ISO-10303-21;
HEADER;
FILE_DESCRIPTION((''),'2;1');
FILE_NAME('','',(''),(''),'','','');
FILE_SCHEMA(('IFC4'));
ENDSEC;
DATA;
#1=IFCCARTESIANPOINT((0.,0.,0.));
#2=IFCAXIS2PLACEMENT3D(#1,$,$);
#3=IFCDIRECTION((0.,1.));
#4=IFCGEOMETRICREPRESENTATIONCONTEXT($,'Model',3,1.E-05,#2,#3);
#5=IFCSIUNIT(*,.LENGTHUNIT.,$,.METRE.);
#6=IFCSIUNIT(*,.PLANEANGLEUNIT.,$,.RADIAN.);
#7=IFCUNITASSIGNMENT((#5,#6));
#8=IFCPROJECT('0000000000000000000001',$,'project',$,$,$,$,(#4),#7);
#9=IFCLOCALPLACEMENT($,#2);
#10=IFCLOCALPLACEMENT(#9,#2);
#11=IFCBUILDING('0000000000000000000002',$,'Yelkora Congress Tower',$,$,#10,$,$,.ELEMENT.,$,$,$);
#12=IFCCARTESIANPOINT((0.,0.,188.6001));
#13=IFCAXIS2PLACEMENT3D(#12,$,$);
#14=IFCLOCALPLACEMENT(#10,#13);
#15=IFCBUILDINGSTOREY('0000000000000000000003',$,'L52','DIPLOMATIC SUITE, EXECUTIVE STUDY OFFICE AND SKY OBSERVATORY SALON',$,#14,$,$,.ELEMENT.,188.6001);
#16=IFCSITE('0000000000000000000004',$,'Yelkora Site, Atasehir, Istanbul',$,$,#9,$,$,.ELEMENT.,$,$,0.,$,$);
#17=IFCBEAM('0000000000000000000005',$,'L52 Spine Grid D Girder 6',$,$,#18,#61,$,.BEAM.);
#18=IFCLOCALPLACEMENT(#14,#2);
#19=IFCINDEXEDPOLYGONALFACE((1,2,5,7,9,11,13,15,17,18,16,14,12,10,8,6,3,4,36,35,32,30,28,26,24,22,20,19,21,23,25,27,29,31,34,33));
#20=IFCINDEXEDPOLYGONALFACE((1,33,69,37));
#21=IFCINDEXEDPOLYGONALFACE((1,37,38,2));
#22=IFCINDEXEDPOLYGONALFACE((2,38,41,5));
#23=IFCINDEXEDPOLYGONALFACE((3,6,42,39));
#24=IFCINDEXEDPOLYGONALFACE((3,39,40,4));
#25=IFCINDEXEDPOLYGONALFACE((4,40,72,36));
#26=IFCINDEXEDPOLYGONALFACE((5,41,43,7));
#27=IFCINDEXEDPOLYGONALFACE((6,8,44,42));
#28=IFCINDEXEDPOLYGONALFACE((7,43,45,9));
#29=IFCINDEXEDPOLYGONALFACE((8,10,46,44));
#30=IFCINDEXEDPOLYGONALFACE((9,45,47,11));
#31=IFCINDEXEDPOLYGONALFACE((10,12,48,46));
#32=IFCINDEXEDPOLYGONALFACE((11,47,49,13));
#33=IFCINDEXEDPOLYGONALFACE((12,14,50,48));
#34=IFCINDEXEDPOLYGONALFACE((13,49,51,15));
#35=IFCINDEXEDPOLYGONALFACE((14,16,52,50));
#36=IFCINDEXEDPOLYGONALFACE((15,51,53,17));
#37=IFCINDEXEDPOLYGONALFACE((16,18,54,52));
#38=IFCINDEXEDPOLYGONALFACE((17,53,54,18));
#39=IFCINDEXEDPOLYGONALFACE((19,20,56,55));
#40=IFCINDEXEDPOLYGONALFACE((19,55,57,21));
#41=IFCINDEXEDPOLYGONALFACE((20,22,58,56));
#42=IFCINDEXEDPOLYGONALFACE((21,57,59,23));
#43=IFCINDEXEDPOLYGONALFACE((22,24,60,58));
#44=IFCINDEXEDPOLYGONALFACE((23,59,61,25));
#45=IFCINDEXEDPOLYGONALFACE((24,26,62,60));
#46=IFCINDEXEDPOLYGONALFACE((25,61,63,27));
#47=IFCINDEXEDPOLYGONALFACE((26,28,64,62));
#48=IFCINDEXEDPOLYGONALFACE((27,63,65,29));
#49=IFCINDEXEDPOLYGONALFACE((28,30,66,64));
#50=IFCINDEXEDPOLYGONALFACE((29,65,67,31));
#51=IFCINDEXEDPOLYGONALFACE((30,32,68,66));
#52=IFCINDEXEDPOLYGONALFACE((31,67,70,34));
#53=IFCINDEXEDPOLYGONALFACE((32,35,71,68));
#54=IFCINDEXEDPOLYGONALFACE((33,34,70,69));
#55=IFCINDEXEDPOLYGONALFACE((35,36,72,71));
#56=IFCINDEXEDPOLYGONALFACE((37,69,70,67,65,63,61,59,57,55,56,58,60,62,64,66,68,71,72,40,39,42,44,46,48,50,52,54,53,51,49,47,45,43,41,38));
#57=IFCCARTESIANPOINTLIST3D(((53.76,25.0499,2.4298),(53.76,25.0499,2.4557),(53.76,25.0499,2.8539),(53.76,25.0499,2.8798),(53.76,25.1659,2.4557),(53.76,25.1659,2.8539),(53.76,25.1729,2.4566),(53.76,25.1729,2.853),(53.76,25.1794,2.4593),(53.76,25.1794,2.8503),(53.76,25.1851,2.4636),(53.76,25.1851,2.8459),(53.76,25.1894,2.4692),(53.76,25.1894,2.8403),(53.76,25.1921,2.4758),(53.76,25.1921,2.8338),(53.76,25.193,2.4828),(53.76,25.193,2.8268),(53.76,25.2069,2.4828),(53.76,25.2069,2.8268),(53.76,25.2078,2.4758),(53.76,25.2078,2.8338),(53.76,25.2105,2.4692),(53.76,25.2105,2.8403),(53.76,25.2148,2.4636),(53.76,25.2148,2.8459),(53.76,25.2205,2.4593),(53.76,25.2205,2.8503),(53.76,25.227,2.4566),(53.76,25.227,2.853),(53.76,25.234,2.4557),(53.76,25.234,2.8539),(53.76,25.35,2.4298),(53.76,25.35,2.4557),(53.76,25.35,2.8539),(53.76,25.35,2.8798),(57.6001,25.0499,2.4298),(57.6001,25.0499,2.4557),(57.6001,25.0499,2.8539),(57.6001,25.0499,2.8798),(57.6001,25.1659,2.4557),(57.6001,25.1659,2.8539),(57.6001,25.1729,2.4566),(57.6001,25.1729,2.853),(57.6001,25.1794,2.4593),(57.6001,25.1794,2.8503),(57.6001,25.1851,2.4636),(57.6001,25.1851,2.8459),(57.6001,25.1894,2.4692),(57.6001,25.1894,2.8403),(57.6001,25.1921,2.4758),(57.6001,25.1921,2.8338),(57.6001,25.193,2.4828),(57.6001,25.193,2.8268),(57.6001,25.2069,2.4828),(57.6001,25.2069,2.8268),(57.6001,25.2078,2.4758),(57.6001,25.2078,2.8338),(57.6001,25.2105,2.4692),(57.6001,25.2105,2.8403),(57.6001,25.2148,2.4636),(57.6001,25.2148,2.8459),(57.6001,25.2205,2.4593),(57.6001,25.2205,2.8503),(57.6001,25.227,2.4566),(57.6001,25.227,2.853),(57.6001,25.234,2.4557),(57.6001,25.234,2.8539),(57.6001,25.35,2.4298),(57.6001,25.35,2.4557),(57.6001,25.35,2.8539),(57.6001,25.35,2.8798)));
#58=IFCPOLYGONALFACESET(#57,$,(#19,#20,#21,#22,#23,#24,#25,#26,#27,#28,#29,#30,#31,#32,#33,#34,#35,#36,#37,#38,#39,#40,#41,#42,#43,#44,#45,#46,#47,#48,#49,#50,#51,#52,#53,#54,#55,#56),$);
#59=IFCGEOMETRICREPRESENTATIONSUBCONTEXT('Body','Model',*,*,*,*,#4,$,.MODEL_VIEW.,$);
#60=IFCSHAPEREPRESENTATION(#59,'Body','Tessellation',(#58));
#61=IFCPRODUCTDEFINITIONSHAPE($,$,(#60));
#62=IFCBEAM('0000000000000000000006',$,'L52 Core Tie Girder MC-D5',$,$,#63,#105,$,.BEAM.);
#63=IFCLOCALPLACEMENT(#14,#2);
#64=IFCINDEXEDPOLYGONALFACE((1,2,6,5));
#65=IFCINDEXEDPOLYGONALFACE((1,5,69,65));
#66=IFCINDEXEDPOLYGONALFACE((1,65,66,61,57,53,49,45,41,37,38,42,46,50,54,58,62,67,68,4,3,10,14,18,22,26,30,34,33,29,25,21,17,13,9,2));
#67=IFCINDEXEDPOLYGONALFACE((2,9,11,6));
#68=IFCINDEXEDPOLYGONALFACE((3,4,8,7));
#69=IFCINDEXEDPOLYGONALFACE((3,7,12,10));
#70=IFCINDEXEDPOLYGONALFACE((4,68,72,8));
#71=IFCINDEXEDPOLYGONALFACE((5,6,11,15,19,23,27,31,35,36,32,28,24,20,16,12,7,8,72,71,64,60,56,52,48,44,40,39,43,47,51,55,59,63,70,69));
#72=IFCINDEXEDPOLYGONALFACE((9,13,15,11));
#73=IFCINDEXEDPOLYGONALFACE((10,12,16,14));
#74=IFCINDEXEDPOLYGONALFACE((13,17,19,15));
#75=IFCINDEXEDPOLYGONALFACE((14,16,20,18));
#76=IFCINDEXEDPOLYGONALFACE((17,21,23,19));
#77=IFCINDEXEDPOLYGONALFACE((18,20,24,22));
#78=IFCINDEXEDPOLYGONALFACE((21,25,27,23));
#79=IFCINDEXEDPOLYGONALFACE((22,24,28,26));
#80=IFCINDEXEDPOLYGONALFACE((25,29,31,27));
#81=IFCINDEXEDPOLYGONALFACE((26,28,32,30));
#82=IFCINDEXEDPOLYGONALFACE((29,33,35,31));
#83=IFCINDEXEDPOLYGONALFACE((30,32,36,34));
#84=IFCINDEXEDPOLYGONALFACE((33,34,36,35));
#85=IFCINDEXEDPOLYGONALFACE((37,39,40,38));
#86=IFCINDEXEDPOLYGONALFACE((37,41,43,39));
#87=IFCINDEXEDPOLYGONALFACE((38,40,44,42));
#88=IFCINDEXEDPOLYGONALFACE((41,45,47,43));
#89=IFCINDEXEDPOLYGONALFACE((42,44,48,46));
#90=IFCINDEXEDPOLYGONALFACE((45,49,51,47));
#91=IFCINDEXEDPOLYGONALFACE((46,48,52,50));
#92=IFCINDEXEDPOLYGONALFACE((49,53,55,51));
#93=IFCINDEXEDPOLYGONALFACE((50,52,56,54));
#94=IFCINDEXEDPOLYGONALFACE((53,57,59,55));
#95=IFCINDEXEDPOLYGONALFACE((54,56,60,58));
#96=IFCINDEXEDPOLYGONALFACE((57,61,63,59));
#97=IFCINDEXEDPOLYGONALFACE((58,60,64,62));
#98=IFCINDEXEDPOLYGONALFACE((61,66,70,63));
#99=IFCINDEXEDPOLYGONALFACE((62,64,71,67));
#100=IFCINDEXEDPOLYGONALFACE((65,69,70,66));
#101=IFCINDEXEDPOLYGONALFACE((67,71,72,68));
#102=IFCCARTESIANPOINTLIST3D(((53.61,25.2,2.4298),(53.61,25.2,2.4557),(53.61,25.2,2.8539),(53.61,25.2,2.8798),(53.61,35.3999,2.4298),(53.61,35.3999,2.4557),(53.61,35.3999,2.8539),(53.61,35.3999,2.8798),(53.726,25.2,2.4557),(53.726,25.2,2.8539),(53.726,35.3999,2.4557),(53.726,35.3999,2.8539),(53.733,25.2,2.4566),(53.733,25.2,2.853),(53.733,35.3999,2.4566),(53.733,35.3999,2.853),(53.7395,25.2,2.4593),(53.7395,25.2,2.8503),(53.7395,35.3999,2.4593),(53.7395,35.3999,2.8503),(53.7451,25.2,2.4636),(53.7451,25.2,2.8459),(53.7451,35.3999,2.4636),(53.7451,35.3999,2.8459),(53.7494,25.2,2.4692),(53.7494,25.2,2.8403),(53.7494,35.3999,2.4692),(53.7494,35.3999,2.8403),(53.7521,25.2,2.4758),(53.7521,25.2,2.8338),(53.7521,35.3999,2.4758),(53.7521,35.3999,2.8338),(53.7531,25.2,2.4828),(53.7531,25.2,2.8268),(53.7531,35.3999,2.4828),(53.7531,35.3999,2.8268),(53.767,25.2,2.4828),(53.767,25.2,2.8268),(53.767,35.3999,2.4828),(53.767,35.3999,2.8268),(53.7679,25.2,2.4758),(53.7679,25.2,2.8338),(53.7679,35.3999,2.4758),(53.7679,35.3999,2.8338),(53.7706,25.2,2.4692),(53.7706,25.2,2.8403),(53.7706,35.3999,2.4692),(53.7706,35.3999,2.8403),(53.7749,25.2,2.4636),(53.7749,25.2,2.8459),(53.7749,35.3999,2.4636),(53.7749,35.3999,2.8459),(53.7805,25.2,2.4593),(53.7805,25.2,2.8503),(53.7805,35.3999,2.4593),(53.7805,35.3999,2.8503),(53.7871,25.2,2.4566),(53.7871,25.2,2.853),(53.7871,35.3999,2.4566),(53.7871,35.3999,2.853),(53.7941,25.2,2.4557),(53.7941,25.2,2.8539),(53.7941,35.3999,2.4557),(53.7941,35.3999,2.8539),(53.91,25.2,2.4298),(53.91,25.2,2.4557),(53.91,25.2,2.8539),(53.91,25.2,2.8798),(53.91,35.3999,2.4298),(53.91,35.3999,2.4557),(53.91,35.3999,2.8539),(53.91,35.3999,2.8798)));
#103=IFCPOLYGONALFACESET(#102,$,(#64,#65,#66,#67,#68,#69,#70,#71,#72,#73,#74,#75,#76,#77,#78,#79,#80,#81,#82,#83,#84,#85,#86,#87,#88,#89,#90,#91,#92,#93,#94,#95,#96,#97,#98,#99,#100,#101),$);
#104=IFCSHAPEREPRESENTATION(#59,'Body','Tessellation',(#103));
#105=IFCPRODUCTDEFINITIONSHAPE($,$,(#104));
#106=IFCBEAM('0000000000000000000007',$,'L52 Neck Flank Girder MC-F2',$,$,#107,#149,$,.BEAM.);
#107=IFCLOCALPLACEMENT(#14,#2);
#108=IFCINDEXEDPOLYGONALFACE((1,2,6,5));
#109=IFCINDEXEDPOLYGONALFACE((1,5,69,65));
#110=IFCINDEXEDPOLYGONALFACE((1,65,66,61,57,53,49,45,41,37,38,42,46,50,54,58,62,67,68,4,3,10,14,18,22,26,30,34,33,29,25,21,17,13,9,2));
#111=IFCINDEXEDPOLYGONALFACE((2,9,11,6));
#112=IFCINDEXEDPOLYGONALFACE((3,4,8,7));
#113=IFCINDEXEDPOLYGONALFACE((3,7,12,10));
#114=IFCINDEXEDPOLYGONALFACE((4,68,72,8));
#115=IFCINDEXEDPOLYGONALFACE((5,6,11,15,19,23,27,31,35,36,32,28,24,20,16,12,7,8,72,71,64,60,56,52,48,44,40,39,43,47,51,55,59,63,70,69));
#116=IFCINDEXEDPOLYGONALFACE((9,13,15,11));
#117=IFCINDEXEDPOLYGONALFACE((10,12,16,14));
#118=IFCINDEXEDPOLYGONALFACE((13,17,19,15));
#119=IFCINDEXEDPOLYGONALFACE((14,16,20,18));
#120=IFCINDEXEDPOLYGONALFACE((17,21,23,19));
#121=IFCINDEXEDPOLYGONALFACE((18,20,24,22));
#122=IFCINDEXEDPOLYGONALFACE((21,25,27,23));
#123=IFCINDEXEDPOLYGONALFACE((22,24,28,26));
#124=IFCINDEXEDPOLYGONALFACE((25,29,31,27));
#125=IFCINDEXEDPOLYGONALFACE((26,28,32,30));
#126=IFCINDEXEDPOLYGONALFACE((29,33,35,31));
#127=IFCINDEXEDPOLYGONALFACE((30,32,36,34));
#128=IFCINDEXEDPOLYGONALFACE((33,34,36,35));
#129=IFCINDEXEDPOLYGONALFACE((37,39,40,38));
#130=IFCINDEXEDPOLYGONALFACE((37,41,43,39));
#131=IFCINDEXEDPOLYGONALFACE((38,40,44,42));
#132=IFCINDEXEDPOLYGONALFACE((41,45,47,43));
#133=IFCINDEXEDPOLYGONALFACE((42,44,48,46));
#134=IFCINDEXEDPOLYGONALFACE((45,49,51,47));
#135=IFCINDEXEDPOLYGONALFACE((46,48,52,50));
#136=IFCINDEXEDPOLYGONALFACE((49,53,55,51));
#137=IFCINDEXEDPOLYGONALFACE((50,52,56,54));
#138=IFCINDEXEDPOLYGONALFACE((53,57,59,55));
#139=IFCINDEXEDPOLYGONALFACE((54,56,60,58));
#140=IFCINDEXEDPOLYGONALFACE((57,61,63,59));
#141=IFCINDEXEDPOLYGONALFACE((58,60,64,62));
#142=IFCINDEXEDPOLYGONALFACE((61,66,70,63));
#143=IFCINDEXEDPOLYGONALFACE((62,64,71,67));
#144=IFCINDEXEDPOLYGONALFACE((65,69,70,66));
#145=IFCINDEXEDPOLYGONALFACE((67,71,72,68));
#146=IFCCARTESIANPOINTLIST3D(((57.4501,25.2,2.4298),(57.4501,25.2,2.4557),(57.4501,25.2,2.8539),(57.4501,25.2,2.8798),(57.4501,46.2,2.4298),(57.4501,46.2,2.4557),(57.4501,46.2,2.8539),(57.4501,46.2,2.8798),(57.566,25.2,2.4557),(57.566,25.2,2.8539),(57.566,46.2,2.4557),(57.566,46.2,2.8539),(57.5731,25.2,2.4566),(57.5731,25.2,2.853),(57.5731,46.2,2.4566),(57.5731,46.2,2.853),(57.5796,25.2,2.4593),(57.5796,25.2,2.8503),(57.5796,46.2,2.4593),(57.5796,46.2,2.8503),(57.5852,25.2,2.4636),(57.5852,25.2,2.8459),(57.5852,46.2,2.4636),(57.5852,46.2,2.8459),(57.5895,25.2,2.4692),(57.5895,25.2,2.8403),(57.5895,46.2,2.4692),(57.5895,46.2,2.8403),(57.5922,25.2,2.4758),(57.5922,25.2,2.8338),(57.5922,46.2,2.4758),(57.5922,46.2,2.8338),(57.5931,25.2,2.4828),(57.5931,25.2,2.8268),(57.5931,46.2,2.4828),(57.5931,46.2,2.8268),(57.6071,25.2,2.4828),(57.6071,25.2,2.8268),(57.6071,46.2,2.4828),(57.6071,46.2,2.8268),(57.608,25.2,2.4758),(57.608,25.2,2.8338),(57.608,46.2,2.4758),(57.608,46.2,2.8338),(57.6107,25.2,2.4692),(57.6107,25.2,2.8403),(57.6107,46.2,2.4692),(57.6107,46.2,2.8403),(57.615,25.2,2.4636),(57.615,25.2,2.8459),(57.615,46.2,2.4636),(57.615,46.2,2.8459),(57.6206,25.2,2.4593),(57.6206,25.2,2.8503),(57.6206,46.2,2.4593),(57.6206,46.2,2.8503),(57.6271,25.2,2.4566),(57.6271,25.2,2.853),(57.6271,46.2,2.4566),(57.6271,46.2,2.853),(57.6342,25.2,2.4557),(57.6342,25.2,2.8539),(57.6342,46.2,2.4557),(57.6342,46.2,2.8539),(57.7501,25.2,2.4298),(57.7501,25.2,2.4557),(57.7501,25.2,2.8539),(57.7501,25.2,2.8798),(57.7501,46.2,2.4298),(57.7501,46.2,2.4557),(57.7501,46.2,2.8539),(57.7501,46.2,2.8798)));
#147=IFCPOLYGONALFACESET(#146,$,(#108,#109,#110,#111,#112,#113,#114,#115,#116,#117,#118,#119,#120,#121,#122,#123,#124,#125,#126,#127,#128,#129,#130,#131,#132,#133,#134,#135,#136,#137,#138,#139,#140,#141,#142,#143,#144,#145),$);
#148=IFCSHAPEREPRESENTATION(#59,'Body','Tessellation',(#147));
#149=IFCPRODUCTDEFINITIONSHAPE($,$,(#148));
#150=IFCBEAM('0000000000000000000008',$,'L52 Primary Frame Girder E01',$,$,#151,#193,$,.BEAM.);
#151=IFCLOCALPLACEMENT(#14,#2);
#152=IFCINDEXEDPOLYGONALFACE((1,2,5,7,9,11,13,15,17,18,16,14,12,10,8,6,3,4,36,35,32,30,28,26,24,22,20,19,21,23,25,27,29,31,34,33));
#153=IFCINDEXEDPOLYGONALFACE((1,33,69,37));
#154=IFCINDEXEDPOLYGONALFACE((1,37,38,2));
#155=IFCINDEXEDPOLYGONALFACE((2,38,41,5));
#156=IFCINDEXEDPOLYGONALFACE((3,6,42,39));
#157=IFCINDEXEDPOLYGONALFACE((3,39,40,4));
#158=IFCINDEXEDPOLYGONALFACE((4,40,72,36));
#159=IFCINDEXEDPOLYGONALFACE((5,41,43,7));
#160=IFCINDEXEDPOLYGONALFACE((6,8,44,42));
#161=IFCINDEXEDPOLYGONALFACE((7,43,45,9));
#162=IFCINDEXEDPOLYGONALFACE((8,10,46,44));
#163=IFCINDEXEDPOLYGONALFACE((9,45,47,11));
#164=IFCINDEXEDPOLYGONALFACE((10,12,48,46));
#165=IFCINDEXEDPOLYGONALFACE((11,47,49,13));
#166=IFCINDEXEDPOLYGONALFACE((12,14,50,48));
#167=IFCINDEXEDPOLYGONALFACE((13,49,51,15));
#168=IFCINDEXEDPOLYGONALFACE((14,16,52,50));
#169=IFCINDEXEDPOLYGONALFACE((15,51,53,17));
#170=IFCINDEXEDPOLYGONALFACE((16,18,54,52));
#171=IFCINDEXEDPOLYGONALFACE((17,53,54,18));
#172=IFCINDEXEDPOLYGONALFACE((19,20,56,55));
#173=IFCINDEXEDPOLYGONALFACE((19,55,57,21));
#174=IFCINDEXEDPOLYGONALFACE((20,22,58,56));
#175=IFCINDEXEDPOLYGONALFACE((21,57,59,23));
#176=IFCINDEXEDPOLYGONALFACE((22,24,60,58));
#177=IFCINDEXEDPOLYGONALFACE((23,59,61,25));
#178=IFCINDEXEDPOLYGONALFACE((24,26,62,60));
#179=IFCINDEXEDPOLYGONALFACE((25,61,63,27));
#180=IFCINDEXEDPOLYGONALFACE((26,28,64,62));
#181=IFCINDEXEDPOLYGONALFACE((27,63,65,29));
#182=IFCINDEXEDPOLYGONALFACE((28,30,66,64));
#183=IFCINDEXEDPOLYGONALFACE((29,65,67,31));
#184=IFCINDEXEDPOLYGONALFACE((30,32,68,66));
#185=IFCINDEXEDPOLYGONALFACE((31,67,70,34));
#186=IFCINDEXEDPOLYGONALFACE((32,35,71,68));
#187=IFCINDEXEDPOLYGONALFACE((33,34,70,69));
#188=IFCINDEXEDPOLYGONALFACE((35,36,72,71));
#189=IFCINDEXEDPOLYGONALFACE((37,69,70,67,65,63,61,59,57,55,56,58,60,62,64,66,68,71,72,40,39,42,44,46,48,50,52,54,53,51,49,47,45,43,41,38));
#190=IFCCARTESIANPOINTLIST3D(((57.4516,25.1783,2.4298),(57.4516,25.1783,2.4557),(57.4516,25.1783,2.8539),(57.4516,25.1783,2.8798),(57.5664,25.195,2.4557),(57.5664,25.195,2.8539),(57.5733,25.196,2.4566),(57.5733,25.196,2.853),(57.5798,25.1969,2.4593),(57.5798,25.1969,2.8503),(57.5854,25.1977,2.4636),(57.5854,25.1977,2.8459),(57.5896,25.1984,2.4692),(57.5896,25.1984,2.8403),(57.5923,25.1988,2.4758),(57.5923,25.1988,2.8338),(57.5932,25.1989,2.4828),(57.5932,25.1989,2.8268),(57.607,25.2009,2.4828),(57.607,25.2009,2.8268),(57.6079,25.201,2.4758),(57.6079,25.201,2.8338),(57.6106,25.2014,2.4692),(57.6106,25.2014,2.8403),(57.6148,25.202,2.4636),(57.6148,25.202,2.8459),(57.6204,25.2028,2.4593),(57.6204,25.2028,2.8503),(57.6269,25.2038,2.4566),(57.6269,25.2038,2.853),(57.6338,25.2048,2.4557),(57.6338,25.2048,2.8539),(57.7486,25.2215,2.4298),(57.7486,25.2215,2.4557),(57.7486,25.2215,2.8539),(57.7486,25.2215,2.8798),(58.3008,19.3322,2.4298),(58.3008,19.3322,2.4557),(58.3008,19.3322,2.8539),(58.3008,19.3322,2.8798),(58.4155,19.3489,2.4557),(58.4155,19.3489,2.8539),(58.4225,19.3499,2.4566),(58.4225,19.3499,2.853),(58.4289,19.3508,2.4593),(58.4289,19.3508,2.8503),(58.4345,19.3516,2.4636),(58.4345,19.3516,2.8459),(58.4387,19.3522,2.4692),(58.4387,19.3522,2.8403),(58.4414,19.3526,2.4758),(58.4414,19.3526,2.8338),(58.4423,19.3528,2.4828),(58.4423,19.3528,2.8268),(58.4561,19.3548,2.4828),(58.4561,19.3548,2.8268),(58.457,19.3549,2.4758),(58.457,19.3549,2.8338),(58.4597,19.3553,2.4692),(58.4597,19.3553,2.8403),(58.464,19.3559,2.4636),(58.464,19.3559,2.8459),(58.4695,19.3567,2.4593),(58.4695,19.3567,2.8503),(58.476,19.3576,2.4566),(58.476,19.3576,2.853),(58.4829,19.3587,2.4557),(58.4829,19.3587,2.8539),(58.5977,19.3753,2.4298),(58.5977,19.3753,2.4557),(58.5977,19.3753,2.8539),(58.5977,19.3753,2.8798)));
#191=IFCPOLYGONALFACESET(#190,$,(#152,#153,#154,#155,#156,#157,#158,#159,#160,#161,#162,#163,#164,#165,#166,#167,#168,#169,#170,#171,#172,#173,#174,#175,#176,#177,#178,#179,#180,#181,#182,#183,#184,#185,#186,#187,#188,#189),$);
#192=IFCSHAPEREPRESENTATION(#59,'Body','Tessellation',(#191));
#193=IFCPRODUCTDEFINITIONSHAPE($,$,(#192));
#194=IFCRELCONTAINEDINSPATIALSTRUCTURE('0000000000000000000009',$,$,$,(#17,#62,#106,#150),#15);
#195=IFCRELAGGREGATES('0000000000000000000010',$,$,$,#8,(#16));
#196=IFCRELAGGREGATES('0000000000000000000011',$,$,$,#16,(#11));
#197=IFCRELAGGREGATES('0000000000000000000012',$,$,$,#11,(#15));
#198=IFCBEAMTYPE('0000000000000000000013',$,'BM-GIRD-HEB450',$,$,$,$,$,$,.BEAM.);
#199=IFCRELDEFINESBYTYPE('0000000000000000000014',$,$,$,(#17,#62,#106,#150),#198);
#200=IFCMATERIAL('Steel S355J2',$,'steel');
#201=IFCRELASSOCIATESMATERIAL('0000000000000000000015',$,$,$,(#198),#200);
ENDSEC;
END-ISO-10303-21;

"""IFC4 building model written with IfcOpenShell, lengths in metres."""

from ifc_helpers import new_model, si_unit, direction, frame, origin, origin_2d, place, context, subcontext, project, spatial, i_section, extrude, material, material_profile, profile_set, type_object, element, save


model = new_model("IFC4")

# Units and contexts
model_context = context("Model", 3, precision=1e-05, world=origin(), true_north=direction((0.0, 1.0)))
body_context = subcontext(model_context, "Body", "Model", "MODEL_VIEW")
ifc_project = project(units=[si_unit("LENGTHUNIT", "METRE"), si_unit("PLANEANGLEUNIT", "RADIAN")], contexts=[model_context])

# Site, building, storey
site_placement = place(None, origin())
site = spatial("IfcSite", under=ifc_project, at=site_placement, Name="Yelkora Site, Atasehir, Istanbul", CompositionType="ELEMENT", RefElevation=0.0)
building_placement = place(site_placement, origin())
building = spatial("IfcBuilding", under=site, at=building_placement, Name="Yelkora Congress Tower", CompositionType="ELEMENT")
storey_placement = place(building_placement, frame((0.0, 0.0, 188.6001)))
storey = spatial("IfcBuildingStorey", under=building, at=storey_placement, Name="L52", Description="DIPLOMATIC SUITE, EXECUTIVE STUDY OFFICE AND SKY OBSERVATORY SALON", CompositionType="ELEMENT", Elevation=188.6001)

# Beams
ifc_material_1 = material(Name="Steel S355J2", Category="steel")
ifc_material_profile_1 = material_profile(ifc_material_1, i_section(OverallWidth=0.3, OverallDepth=0.45, WebThickness=0.0139, FlangeThickness=0.0259, FilletRadius=0.0271, at=origin_2d()), Name="HEB 450")
ifc_profile_set_1 = profile_set([ifc_material_profile_1], Name="Steel S355J2")
beam_type_1 = type_object("IfcBeamType", Name="BM-GIRD-HEB450", PredefinedType="BEAM", material=ifc_profile_set_1)
beam_1_placement = place(storey_placement, frame((53.76, 25.2, 2.6548), z_axis=(1.0, 0.0, 0.0), x_axis=(0.0, 1.0, 0.0)))
element("IfcBeam", 1, at=beam_1_placement, inside=storey, type_object=beam_type_1, Name="L52 Spine Grid D Girder 6", PredefinedType="BEAM", context=body_context, shape_type="SweptSolid", body=[
    extrude(i_section(OverallWidth=0.3, OverallDepth=0.45, WebThickness=0.0139, FlangeThickness=0.0259, FilletRadius=0.0271, at=origin_2d()), origin(), (0.0, 0.0, 1.0), 3.8401),
])
beam_2_placement = place(storey_placement, frame((53.76, 25.2, 2.6548), z_axis=(0.0, 1.0, 0.0), x_axis=(-1.0, 0.0, 0.0)))
element("IfcBeam", 2, at=beam_2_placement, inside=storey, type_object=beam_type_1, Name="L52 Core Tie Girder MC-D5", PredefinedType="BEAM", context=body_context, shape_type="SweptSolid", body=[
    extrude(i_section(OverallWidth=0.3, OverallDepth=0.45, WebThickness=0.0139, FlangeThickness=0.0259, FilletRadius=0.0271, at=origin_2d()), origin(), (0.0, 0.0, 1.0), 10.2),
])
beam_3_placement = place(storey_placement, frame((57.6001, 25.2, 2.6548), z_axis=(0.0, 1.0, 0.0), x_axis=(-1.0, 0.0, 0.0)))
element("IfcBeam", 3, at=beam_3_placement, inside=storey, type_object=beam_type_1, Name="L52 Neck Flank Girder MC-F2", PredefinedType="BEAM", context=body_context, shape_type="SweptSolid", body=[
    extrude(i_section(OverallWidth=0.3, OverallDepth=0.45, WebThickness=0.0139, FlangeThickness=0.0259, FilletRadius=0.0271, at=origin_2d()), origin(), (0.0, 0.0, 1.0), 21.0),
])
beam_4_placement = place(storey_placement, frame((58.4492, 19.3538, 2.6548), z_axis=(-0.143735, 0.989616, 0.0), x_axis=(-0.989616, -0.143735, 0.0)))
element("IfcBeam", 4, at=beam_4_placement, inside=storey, type_object=beam_type_1, Name="L52 Primary Frame Girder E01", PredefinedType="BEAM", context=body_context, shape_type="SweptSolid", body=[
    extrude(i_section(OverallWidth=0.3, OverallDepth=0.45, WebThickness=0.0139, FlangeThickness=0.0259, FilletRadius=0.0271, at=origin_2d()), origin(), (0.0, 0.0, 1.0), 5.9075),
])

save(model, "model.ifc")
